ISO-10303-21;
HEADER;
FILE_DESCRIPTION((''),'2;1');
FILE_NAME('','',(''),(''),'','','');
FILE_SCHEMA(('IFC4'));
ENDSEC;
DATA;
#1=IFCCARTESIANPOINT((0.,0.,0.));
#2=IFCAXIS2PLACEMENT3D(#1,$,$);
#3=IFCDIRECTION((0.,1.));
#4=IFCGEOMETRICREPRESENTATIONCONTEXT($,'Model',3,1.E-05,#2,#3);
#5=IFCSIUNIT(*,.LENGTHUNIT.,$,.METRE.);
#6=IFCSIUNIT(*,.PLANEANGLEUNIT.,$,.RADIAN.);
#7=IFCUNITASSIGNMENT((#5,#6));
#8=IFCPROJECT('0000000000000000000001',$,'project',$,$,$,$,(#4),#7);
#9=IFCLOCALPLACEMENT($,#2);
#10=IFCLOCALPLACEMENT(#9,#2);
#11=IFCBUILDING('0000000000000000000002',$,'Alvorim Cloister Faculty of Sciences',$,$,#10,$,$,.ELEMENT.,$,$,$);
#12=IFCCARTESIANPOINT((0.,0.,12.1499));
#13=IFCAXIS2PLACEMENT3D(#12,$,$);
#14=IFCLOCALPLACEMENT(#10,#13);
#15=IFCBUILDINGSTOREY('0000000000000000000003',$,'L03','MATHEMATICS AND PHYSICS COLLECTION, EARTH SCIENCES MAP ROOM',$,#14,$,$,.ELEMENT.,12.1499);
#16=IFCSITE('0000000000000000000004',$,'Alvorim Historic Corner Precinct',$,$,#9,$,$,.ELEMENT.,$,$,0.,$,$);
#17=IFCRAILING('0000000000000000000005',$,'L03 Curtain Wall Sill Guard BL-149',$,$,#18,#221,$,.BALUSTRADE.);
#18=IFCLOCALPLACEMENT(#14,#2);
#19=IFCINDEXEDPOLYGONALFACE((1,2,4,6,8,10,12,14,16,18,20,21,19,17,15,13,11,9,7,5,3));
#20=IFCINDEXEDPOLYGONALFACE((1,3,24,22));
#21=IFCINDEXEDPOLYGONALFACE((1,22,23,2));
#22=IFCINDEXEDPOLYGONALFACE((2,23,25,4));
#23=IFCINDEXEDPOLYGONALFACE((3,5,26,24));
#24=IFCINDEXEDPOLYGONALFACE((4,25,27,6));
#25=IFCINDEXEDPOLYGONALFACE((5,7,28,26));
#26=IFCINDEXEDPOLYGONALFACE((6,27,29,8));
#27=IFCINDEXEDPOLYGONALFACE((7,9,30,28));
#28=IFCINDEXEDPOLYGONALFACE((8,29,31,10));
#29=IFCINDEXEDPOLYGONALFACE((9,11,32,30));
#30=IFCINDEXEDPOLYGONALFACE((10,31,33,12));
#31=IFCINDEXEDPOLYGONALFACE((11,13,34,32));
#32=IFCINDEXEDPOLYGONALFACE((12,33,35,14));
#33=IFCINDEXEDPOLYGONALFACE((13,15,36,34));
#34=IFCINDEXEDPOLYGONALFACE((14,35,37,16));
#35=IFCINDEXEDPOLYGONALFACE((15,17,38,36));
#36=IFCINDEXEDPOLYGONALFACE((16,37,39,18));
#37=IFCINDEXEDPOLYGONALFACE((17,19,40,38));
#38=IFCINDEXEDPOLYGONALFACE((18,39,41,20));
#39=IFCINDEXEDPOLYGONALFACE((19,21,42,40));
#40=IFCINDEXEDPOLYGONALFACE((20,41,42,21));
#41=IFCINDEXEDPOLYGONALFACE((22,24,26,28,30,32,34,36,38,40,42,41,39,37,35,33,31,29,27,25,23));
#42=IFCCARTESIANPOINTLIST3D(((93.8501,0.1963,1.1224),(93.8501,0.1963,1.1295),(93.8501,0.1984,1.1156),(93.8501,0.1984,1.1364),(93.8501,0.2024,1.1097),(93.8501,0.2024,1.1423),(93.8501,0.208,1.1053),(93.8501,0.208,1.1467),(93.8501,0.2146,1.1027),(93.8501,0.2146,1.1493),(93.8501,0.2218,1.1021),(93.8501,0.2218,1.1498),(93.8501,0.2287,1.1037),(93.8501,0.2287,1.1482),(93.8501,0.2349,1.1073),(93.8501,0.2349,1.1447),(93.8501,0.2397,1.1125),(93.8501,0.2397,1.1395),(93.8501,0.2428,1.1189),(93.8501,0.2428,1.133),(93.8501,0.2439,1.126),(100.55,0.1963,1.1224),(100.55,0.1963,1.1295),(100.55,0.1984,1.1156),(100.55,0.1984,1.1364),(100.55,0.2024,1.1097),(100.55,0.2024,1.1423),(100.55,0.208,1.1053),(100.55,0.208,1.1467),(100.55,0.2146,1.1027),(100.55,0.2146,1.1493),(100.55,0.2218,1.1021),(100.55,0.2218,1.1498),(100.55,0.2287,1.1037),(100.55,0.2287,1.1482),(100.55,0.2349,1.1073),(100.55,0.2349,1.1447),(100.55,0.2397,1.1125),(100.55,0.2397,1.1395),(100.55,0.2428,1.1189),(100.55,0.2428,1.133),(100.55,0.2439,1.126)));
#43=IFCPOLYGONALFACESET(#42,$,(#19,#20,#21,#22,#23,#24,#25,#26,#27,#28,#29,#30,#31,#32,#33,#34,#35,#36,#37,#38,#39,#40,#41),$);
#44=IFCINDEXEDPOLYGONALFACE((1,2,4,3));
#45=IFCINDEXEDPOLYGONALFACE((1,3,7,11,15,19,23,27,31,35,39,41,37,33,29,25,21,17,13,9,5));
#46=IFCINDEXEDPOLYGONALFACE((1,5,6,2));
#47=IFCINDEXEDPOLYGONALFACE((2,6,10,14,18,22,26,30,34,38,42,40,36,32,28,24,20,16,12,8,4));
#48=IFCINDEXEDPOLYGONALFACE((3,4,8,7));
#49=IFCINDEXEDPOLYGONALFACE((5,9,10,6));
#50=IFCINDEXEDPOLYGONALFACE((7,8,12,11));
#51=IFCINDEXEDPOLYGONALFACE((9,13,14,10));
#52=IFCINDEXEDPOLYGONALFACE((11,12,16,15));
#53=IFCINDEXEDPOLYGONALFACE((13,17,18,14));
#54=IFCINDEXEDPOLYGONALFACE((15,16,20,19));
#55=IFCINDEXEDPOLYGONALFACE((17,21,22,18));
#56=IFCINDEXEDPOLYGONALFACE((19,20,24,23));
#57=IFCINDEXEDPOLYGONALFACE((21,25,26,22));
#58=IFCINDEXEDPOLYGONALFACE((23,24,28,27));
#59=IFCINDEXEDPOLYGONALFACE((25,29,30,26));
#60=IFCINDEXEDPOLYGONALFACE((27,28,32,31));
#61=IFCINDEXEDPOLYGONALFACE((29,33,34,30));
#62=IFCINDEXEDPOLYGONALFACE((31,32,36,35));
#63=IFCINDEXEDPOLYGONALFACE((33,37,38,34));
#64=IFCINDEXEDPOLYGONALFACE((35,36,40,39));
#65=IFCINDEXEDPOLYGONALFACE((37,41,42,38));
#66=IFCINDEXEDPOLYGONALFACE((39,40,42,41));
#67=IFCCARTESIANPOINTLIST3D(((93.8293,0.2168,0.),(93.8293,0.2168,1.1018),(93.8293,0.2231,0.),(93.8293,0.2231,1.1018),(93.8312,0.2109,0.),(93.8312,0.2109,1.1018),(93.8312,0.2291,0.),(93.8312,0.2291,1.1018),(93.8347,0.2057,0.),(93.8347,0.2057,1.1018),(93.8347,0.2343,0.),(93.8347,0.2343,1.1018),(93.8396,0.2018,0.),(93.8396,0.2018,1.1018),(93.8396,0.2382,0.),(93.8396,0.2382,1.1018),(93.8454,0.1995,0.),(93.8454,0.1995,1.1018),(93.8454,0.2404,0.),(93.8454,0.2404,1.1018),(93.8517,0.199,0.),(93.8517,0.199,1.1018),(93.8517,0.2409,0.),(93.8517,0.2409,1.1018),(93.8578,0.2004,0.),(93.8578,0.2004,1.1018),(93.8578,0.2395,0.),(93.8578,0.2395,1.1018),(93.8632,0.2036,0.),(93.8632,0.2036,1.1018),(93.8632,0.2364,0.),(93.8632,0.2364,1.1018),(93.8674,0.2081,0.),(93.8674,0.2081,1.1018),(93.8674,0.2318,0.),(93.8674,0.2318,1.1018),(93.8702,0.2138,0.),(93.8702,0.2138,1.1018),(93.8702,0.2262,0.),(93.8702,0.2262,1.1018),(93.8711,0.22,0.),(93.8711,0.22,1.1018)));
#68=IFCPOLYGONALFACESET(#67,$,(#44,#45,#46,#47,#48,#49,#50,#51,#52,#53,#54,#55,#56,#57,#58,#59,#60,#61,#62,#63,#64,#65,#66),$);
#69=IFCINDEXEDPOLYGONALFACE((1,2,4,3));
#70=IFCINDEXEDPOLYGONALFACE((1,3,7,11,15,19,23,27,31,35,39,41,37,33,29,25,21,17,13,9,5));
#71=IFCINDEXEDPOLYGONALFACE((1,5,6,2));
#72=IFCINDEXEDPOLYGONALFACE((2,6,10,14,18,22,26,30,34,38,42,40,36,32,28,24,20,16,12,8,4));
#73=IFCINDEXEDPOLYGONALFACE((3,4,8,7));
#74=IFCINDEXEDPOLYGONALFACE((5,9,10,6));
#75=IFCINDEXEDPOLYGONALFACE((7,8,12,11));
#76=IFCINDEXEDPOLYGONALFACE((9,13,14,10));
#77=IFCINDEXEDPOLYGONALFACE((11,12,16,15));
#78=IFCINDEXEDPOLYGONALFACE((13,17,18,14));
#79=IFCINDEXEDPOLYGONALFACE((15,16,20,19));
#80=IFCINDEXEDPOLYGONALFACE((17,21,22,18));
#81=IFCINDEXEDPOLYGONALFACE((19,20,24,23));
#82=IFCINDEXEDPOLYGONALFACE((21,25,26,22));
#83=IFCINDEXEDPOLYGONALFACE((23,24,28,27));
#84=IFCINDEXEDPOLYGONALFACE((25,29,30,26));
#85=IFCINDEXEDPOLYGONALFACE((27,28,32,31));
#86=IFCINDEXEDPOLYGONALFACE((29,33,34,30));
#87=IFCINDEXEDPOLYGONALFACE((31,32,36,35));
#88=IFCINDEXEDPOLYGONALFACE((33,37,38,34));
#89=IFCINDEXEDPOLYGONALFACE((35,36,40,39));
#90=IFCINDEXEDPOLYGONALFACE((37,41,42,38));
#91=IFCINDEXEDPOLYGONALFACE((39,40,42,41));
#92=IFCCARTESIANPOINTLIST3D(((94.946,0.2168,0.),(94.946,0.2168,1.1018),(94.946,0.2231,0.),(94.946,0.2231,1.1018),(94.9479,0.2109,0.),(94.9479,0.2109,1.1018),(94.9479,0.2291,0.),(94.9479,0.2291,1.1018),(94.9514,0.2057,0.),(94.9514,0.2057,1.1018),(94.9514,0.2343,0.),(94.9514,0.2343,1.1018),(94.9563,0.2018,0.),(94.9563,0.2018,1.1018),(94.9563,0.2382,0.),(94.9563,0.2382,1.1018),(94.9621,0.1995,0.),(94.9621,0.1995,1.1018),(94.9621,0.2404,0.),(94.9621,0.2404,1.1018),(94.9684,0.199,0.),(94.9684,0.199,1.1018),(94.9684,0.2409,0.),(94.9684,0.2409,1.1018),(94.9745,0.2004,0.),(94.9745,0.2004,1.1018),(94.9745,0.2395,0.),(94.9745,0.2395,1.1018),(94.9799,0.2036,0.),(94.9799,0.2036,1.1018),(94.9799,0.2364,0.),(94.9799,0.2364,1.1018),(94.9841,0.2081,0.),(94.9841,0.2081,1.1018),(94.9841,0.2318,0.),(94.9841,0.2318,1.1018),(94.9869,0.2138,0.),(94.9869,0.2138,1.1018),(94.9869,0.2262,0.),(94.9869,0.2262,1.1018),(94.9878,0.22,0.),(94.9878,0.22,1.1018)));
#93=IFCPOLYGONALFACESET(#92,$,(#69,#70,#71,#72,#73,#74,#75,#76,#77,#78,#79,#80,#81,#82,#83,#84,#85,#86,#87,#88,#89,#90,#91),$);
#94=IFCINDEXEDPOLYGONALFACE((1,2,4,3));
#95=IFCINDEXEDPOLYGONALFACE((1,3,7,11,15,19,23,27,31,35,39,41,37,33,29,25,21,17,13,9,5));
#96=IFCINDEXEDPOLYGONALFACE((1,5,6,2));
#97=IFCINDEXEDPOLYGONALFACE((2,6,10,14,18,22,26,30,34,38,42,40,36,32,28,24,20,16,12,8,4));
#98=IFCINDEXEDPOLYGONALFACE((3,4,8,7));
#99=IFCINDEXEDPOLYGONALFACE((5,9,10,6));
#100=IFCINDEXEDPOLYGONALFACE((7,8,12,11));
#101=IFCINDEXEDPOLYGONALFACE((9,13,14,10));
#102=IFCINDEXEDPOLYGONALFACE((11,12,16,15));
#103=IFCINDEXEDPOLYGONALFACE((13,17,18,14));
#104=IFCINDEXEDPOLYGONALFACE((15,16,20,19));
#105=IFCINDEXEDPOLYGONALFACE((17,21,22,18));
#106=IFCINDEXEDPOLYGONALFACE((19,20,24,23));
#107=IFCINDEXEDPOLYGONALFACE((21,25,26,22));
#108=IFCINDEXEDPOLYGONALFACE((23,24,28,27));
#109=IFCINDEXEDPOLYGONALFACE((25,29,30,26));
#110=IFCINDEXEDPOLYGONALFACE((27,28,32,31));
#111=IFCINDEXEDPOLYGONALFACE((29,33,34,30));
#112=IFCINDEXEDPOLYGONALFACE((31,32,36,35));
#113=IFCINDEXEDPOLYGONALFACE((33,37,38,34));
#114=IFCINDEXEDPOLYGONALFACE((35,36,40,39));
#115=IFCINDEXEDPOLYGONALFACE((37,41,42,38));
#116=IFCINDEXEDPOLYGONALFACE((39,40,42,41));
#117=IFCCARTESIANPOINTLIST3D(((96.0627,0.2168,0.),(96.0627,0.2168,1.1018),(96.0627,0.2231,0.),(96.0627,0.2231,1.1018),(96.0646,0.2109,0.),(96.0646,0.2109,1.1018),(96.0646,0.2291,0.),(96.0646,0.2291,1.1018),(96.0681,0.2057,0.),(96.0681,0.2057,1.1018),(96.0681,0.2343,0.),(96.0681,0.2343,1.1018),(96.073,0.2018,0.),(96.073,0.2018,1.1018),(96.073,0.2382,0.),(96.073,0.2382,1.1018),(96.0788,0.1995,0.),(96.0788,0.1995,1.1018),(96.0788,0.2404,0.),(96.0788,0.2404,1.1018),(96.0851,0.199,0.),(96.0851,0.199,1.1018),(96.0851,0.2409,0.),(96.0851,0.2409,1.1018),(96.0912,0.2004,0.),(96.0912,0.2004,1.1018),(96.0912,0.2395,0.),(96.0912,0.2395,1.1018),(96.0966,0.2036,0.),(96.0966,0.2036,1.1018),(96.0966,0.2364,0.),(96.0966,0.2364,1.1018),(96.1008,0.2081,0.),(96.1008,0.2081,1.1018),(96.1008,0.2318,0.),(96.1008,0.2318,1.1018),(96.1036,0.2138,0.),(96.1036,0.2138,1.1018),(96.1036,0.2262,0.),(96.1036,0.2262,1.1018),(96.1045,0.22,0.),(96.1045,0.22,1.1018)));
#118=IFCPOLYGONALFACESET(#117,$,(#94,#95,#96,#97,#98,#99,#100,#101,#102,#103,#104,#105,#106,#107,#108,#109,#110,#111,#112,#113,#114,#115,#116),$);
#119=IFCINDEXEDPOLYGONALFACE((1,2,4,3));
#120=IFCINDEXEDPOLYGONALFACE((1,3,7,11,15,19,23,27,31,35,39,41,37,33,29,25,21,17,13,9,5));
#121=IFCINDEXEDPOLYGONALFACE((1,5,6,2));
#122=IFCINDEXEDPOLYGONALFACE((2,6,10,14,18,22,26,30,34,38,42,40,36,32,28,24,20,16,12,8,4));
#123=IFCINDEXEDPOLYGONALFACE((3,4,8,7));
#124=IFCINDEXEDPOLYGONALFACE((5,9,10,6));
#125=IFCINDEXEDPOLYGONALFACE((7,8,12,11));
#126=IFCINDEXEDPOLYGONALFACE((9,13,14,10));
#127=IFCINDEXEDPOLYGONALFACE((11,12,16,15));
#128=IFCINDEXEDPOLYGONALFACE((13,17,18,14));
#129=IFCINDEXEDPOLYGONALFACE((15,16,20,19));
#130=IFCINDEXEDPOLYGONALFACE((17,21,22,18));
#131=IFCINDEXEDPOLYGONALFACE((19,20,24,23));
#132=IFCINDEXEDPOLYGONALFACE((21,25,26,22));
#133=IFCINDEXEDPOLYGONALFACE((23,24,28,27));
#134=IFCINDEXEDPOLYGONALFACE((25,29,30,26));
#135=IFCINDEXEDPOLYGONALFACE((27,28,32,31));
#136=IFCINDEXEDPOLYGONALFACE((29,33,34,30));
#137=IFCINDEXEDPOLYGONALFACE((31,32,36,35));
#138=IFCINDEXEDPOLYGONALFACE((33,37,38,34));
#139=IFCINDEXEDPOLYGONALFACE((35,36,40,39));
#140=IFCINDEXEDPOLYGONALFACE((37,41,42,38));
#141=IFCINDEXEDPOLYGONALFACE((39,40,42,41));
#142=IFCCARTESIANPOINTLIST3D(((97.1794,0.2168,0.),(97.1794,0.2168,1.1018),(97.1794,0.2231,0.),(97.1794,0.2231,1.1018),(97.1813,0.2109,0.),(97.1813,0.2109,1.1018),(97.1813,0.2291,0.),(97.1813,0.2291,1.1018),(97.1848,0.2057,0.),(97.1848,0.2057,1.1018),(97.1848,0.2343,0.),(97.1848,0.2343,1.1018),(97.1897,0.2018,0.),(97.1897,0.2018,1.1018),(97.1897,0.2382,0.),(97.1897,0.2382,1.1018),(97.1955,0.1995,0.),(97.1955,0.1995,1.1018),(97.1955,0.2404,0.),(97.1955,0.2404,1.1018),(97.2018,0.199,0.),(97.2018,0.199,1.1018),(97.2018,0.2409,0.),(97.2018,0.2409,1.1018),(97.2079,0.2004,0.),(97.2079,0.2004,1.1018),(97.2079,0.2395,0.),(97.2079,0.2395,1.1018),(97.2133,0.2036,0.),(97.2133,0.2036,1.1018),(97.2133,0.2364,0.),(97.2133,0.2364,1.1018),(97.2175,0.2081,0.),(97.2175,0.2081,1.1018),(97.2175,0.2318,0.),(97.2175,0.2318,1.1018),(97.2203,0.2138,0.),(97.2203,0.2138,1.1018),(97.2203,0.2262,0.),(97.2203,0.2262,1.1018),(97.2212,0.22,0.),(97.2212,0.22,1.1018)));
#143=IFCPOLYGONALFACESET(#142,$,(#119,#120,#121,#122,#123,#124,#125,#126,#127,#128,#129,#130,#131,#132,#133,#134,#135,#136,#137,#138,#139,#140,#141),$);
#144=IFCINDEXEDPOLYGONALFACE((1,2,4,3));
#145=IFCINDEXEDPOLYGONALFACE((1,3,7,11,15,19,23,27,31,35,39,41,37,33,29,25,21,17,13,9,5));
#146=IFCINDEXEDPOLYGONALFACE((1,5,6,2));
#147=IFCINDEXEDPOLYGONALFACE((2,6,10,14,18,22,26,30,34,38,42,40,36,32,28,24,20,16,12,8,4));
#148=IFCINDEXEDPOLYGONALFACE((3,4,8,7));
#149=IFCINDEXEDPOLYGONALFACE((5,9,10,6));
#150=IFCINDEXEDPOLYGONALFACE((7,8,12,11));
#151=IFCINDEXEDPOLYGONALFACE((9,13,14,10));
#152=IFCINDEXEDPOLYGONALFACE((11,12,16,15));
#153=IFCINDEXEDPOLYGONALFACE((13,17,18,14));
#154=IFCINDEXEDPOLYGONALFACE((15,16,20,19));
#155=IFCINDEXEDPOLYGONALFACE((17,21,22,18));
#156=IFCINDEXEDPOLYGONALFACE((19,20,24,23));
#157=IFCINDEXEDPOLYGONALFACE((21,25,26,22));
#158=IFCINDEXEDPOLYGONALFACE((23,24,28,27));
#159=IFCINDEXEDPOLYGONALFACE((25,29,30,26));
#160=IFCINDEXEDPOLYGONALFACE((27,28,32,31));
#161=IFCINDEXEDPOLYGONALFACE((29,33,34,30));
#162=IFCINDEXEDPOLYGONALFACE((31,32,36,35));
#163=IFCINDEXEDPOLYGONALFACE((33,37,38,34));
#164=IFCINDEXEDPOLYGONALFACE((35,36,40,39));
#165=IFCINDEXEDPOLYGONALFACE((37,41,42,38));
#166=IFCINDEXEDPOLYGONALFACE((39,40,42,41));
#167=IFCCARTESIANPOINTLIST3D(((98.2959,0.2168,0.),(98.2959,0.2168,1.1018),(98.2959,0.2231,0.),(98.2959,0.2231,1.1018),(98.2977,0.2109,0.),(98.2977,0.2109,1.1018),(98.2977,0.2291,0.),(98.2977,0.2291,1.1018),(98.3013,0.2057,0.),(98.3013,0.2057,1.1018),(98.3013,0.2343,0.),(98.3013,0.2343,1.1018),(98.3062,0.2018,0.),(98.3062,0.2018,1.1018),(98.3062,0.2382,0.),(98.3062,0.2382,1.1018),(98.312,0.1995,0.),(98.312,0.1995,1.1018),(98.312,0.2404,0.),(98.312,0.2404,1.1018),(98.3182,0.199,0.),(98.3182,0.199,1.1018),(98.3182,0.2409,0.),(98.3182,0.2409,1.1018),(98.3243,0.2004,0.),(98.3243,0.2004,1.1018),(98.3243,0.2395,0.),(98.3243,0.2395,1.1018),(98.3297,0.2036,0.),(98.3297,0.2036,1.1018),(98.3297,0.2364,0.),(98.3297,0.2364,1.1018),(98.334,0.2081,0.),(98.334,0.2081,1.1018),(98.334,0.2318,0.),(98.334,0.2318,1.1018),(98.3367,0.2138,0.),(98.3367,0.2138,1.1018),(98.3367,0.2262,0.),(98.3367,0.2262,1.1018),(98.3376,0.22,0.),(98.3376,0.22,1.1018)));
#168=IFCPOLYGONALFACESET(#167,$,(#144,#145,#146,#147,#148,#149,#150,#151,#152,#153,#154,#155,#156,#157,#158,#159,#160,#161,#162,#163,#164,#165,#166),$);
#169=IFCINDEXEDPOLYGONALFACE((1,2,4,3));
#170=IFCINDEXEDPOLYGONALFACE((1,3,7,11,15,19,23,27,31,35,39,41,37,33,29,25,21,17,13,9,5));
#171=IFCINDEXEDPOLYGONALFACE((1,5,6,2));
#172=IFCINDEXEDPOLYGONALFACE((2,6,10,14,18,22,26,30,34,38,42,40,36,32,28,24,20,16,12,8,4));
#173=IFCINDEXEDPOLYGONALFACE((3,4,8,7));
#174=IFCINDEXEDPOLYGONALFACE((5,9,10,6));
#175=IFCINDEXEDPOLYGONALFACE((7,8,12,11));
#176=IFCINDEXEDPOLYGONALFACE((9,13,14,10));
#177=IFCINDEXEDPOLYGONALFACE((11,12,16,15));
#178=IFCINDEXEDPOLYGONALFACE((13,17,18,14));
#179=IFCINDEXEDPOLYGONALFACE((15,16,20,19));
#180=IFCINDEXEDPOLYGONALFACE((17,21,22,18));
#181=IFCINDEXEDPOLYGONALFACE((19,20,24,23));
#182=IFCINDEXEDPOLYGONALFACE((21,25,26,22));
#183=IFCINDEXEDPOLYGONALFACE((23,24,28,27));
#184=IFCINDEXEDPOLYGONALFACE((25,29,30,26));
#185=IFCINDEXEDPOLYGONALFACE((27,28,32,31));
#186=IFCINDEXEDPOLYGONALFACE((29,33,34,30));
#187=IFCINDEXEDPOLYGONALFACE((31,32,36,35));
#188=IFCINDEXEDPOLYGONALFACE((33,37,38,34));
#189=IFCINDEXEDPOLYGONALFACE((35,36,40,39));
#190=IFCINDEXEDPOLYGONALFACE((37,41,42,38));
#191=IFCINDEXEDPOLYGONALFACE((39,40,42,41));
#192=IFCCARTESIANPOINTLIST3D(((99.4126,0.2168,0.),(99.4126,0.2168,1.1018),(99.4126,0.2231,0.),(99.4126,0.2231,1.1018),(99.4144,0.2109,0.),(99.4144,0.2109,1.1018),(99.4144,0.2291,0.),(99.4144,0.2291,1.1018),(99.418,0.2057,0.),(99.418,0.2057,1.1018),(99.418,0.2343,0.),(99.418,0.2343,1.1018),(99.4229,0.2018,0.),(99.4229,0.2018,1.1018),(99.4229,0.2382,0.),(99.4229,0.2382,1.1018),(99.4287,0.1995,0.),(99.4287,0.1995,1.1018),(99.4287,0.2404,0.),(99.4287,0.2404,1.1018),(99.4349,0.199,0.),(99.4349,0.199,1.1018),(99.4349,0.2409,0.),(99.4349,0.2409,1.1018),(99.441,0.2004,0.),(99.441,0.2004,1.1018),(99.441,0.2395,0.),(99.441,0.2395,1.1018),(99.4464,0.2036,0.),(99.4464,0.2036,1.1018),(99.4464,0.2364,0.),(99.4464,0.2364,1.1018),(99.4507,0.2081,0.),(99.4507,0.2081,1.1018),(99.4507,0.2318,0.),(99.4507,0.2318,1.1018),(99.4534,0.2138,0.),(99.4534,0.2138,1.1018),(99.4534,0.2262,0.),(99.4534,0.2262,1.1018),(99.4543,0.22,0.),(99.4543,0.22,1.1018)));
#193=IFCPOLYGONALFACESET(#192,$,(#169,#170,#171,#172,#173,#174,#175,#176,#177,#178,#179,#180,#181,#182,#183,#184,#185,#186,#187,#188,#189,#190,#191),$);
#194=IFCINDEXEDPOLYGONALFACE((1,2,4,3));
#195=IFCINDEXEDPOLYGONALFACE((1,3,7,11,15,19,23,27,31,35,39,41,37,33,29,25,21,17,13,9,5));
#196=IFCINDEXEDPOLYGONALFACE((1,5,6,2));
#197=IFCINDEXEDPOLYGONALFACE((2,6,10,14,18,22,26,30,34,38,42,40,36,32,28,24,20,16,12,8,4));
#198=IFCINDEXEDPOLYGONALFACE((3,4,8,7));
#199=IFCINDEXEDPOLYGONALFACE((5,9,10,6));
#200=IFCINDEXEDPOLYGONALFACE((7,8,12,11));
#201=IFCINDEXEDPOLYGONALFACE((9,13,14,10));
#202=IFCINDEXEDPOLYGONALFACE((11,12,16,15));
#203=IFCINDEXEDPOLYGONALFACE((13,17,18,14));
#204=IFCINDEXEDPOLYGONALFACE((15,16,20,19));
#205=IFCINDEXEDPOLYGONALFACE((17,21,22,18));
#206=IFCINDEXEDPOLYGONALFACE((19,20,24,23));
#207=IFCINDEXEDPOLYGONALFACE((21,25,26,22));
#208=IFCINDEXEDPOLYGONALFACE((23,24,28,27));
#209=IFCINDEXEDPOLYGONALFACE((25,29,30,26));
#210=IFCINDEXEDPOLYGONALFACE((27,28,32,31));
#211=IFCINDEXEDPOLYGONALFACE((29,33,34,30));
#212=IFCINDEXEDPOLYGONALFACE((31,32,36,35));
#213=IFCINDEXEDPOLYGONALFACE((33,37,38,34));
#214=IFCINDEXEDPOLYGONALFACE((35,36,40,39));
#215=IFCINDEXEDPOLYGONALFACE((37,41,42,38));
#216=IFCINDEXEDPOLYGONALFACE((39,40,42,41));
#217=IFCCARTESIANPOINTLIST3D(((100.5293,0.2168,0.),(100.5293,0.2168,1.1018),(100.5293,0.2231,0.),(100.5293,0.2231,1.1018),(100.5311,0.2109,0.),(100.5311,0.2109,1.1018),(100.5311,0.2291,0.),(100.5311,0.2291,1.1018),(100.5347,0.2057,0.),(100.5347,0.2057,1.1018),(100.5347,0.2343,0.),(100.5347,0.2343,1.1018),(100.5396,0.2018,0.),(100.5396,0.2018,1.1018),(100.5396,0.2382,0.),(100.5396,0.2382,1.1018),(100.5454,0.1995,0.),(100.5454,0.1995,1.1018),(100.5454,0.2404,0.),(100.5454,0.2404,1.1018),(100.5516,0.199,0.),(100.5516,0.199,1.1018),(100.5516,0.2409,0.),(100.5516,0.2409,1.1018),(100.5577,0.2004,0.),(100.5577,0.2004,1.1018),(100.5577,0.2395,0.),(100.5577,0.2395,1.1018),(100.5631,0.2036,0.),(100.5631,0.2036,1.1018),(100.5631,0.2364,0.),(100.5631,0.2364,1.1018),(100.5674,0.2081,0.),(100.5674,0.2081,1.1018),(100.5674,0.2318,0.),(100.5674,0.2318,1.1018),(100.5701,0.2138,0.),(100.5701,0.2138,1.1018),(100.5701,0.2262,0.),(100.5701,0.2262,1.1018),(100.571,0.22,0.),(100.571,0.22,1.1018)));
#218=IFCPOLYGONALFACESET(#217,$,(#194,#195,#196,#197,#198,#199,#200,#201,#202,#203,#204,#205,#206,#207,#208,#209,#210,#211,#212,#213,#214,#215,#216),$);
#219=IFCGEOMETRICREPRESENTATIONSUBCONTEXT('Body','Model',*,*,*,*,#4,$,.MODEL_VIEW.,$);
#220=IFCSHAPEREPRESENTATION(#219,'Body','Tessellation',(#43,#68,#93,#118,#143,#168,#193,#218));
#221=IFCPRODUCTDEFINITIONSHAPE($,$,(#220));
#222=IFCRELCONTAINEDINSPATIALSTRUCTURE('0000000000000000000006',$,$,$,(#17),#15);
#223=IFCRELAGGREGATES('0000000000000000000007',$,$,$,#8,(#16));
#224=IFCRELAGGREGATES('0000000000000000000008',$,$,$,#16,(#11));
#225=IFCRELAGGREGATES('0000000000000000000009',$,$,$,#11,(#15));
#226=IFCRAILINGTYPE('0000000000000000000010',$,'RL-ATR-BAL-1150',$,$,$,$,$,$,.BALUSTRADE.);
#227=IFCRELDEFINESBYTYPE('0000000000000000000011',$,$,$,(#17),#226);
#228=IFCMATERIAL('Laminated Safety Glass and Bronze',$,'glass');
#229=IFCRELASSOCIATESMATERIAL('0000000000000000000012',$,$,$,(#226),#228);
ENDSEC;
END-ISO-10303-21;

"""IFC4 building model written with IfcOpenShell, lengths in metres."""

from ifc_helpers import new_model, si_unit, direction, frame, origin, origin_2d, place, context, subcontext, project, spatial, circle, extrude, material, type_object, element, save


model = new_model("IFC4")

# Units and contexts
model_context = context("Model", 3, precision=1e-05, world=origin(), true_north=direction((0.0, 1.0)))
body_context = subcontext(model_context, "Body", "Model", "MODEL_VIEW")
ifc_project = project(units=[si_unit("LENGTHUNIT", "METRE"), si_unit("PLANEANGLEUNIT", "RADIAN")], contexts=[model_context])

# Site, building, storey
site_placement = place(None, origin())
site = spatial("IfcSite", under=ifc_project, at=site_placement, Name="Alvorim Historic Corner Precinct", CompositionType="ELEMENT", RefElevation=0.0)
building_placement = place(site_placement, origin())
building = spatial("IfcBuilding", under=site, at=building_placement, Name="Alvorim Cloister Faculty of Sciences", CompositionType="ELEMENT")
storey_placement = place(building_placement, frame((0.0, 0.0, 12.1499)))
storey = spatial("IfcBuildingStorey", under=building, at=storey_placement, Name="L03", Description="MATHEMATICS AND PHYSICS COLLECTION, EARTH SCIENCES MAP ROOM", CompositionType="ELEMENT", Elevation=12.1499)

# Railing
ifc_material_1 = material(Name="Laminated Safety Glass and Bronze", Category="glass")
railing_type = type_object("IfcRailingType", Name="RL-ATR-BAL-1150", PredefinedType="BALUSTRADE", material=ifc_material_1)
railing_placement = place(storey_placement, frame((93.8501, 0.22, 0.0)))
element("IfcRailing", 1, at=railing_placement, inside=storey, type_object=railing_type, Name="L03 Curtain Wall Sill Guard BL-149", PredefinedType="BALUSTRADE", context=body_context, shape_type="SweptSolid", body=[
    extrude(circle(Radius=0.0239, at=origin_2d()), frame((0.0, 0.0, 1.126), z_axis=(1.0, 0.0, 0.0), x_axis=(0.0, 1.0, 0.0)), (0.0, 0.0, 1.0), 6.7),
    extrude(circle(Radius=0.021, at=origin_2d()), origin(), (0.0, 0.0, 1.0), 1.1018),
    extrude(circle(Radius=0.021, at=origin_2d()), frame((1.1167, 0.0, 0.0)), (0.0, 0.0, 1.0), 1.1018),
    extrude(circle(Radius=0.021, at=origin_2d()), frame((2.2334, 0.0, 0.0)), (0.0, 0.0, 1.0), 1.1018),
    extrude(circle(Radius=0.021, at=origin_2d()), frame((3.3501, 0.0, 0.0)), (0.0, 0.0, 1.0), 1.1018),
    extrude(circle(Radius=0.021, at=origin_2d()), frame((4.4666, 0.0, 0.0)), (0.0, 0.0, 1.0), 1.1018),
    extrude(circle(Radius=0.021, at=origin_2d()), frame((5.5833, 0.0, 0.0)), (0.0, 0.0, 1.0), 1.1018),
    extrude(circle(Radius=0.021, at=origin_2d()), frame((6.7, 0.0, 0.0)), (0.0, 0.0, 1.0), 1.1018),
])

save(model, "model.ifc")
